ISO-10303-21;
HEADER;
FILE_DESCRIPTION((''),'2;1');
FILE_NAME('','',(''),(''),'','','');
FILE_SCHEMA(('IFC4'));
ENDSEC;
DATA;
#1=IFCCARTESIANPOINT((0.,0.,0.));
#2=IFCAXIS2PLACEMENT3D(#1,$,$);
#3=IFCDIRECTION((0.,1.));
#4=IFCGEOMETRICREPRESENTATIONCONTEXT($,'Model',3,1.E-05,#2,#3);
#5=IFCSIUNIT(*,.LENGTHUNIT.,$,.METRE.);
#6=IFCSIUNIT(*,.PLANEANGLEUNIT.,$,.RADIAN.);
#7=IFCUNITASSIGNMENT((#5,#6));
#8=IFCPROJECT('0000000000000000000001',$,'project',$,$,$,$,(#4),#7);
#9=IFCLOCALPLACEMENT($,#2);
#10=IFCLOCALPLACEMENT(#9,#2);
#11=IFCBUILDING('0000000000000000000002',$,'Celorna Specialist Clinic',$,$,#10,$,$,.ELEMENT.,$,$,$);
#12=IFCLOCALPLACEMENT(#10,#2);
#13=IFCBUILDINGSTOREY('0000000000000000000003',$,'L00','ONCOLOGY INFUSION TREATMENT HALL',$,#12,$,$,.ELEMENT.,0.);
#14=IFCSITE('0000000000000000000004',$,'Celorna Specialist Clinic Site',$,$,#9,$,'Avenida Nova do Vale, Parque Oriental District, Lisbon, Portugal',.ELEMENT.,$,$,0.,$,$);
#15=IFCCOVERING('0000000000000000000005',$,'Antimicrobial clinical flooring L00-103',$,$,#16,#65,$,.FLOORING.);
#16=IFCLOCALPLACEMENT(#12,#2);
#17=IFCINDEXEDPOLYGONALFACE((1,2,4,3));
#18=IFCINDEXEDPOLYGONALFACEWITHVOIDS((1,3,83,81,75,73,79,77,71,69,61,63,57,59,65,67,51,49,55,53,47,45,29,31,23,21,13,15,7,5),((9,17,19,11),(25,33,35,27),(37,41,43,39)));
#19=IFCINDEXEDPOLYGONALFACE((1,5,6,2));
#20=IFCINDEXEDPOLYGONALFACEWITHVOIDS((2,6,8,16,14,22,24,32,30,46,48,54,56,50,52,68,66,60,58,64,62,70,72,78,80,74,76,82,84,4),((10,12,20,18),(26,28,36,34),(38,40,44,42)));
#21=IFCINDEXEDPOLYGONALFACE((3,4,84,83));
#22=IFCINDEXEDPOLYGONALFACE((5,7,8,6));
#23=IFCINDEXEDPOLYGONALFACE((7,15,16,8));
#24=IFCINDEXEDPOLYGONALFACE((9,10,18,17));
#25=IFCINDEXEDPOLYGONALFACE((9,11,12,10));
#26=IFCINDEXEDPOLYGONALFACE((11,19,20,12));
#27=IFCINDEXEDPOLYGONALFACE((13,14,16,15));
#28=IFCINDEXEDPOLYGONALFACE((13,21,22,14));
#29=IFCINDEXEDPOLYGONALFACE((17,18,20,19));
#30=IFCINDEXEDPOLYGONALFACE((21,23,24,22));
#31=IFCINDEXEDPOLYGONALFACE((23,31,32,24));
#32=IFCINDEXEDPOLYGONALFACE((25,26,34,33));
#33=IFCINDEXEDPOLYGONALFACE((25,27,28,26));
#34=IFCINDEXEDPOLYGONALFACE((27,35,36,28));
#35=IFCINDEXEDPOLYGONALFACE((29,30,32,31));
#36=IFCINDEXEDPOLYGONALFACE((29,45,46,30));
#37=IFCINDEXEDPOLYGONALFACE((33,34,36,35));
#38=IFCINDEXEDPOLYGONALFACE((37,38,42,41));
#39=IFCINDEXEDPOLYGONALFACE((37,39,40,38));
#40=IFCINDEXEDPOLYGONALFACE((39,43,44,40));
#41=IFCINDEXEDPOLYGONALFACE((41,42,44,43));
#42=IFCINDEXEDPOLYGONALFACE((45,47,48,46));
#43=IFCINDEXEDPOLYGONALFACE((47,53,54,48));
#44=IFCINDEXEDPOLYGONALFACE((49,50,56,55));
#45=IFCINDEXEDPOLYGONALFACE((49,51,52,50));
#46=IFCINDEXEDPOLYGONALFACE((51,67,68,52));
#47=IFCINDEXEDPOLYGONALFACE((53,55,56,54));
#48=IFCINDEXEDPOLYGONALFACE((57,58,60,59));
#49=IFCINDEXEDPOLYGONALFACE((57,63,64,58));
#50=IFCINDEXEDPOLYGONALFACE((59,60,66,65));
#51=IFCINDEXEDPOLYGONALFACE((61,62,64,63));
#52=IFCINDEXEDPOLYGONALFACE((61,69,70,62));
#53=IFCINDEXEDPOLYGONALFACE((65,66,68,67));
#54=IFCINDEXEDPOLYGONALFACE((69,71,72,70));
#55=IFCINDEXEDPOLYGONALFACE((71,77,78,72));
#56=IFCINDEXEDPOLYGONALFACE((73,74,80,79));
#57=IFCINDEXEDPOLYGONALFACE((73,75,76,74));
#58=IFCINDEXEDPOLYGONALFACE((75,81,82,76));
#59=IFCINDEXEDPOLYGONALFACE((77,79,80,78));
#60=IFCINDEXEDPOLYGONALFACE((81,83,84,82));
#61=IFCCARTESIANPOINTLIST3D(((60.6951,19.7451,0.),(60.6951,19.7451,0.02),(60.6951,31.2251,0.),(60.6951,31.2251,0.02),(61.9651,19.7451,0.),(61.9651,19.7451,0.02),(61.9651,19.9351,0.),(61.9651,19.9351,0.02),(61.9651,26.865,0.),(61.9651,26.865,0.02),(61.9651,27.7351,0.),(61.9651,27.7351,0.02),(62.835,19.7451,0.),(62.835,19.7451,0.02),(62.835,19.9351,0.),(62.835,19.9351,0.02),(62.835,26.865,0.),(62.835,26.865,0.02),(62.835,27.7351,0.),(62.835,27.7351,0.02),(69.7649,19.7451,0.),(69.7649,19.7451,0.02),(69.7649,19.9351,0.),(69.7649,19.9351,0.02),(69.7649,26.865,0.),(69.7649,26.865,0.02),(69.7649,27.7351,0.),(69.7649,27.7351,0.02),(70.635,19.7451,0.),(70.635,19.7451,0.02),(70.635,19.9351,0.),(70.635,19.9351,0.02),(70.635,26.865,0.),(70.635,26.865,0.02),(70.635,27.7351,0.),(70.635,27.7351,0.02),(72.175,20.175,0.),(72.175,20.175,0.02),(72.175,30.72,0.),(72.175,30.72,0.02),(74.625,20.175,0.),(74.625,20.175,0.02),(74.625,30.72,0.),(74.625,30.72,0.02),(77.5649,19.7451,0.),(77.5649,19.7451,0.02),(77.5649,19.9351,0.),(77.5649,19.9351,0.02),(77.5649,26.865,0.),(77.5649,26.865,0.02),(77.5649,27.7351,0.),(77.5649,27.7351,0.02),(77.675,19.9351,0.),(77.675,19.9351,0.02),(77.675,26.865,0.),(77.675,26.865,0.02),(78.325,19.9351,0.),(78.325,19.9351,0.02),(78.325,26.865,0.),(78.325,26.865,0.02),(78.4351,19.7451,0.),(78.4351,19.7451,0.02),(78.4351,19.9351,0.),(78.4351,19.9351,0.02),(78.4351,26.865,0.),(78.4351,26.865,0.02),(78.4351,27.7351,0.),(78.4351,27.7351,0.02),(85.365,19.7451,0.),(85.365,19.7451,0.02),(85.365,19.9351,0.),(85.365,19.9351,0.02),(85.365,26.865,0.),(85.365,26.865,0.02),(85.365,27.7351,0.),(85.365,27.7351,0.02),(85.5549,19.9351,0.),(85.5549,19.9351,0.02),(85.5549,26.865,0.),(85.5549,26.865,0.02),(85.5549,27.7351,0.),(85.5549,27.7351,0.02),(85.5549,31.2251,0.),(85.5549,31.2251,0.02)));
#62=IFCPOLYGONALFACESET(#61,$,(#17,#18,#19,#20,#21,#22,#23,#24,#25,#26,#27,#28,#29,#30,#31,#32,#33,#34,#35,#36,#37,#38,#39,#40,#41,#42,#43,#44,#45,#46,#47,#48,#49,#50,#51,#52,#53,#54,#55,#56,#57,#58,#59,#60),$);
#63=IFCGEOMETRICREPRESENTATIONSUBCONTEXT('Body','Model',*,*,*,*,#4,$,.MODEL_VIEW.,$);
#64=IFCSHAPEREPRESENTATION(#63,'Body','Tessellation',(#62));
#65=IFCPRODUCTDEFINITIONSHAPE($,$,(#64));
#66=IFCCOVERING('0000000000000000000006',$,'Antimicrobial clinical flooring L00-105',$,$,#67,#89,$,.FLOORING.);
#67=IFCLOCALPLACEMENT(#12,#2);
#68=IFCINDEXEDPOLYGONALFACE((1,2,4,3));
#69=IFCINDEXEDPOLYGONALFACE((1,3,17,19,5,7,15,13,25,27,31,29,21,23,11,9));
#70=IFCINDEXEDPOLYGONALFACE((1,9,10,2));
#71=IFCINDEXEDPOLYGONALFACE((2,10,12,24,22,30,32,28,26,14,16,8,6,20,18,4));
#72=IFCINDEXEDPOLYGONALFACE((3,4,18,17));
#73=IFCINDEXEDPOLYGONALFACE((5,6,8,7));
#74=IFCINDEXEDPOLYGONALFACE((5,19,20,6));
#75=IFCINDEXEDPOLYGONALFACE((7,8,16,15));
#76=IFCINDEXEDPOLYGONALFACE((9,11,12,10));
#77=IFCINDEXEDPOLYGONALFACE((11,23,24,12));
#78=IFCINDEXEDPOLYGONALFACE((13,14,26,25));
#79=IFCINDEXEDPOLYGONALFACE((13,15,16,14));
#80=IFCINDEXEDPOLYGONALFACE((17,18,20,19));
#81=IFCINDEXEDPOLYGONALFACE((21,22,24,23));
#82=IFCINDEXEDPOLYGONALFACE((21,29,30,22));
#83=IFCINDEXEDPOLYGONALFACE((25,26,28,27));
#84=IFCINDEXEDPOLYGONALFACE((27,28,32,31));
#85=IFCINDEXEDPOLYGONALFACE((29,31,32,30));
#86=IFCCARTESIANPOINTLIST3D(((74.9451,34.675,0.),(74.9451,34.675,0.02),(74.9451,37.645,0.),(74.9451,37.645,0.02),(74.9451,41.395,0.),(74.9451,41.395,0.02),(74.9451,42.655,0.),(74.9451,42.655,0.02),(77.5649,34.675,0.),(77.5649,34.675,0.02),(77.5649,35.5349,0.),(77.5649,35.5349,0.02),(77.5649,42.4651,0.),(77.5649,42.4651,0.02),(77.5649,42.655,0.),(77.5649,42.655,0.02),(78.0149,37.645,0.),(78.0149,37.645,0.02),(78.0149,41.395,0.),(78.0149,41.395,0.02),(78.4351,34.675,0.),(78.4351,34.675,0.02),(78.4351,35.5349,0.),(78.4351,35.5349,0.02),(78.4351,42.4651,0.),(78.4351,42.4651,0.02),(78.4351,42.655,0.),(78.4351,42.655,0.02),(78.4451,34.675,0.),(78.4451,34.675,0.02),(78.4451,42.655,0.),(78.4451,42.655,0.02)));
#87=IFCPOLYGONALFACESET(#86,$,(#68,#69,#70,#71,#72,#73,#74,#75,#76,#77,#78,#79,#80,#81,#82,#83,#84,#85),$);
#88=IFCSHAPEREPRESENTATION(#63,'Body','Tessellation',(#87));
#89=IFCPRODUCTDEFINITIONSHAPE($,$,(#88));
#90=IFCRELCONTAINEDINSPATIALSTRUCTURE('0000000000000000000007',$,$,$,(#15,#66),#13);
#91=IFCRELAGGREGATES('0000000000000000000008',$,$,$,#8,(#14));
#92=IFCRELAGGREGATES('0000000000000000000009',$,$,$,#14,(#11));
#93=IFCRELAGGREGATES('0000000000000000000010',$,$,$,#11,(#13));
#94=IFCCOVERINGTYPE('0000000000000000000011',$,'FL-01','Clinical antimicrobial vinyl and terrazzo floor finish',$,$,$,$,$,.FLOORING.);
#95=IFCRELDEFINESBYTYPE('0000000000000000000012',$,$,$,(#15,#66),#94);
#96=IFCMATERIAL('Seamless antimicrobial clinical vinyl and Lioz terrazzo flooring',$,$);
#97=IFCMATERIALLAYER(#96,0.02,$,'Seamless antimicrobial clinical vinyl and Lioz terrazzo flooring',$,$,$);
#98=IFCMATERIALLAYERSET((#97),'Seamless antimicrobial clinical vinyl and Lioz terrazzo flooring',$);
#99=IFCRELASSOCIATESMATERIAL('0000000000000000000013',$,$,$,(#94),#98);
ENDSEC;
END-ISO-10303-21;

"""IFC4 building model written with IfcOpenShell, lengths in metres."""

from ifc_helpers import new_model, si_unit, direction, origin, place, context, subcontext, project, spatial, polyline, outline, extrude, material, layer, layer_set, type_object, element, save


model = new_model("IFC4")

# Units and contexts
model_context = context("Model", 3, precision=1e-05, world=origin(), true_north=direction((0.0, 1.0)))
body_context = subcontext(model_context, "Body", "Model", "MODEL_VIEW")
ifc_project = project(units=[si_unit("LENGTHUNIT", "METRE"), si_unit("PLANEANGLEUNIT", "RADIAN")], contexts=[model_context])

# Site, building, storey
site_placement = place(None, origin())
site = spatial("IfcSite", under=ifc_project, at=site_placement, Name="Celorna Specialist Clinic Site", LongName="Avenida Nova do Vale, Parque Oriental District, Lisbon, Portugal", CompositionType="ELEMENT", RefElevation=0.0)
building_placement = place(site_placement, origin())
building = spatial("IfcBuilding", under=site, at=building_placement, Name="Celorna Specialist Clinic", CompositionType="ELEMENT")
storey_placement = place(building_placement, origin())
storey = spatial("IfcBuildingStorey", under=building, at=storey_placement, Name="L00", Description="ONCOLOGY INFUSION TREATMENT HALL", CompositionType="ELEMENT", Elevation=0.0)

# Coverings
ifc_material_1 = material(Name="Seamless antimicrobial clinical vinyl and Lioz terrazzo flooring")
ifc_layer_1 = layer(ifc_material_1, 0.02, Name="Seamless antimicrobial clinical vinyl and Lioz terrazzo flooring")
ifc_layer_set_1 = layer_set([ifc_layer_1], Name="Seamless antimicrobial clinical vinyl and Lioz terrazzo flooring")
covering_type_1 = type_object("IfcCoveringType", Name="FL-01", Description="Clinical antimicrobial vinyl and terrazzo floor finish", PredefinedType="FLOORING", material=ifc_layer_set_1)
covering_1_placement = place(storey_placement, origin())
element("IfcCovering", 1, at=covering_1_placement, inside=storey, type_object=covering_type_1, Name="Antimicrobial clinical flooring L00-103", PredefinedType="FLOORING", context=body_context, shape_type="SweptSolid", body=[
    extrude(outline(polyline([(60.6951, 31.2251), (85.5549, 31.2251), (85.5549, 27.7351), (85.365, 27.7351), (85.365, 26.865), (85.5549, 26.865), (85.5549, 19.9351), (85.365, 19.9351), (85.365, 19.7451), (78.4351, 19.7451), (78.4351, 19.9351), (78.325, 19.9351), (78.325, 26.865), (78.4351, 26.865), (78.4351, 27.7351), (77.5649, 27.7351), (77.5649, 26.865), (77.675, 26.865), (77.675, 19.9351), (77.5649, 19.9351), (77.5649, 19.7451), (70.635, 19.7451), (70.635, 19.9351), (69.7649, 19.9351), (69.7649, 19.7451), (62.835, 19.7451), (62.835, 19.9351), (61.9651, 19.9351), (61.9651, 19.7451), (60.6951, 19.7451), (60.6951, 31.2251)]), holes=[polyline([(74.625, 20.175), (74.625, 30.72), (72.175, 30.72), (72.175, 20.175), (74.625, 20.175)]), polyline([(70.635, 26.865), (70.635, 27.7351), (69.7649, 27.7351), (69.7649, 26.865), (70.635, 26.865)]), polyline([(62.835, 26.865), (62.835, 27.7351), (61.9651, 27.7351), (61.9651, 26.865), (62.835, 26.865)])]), origin(), (0.0, 0.0, 1.0), 0.02),
])
covering_2_placement = place(storey_placement, origin())
element("IfcCovering", 2, at=covering_2_placement, inside=storey, type_object=covering_type_1, Name="Antimicrobial clinical flooring L00-105", PredefinedType="FLOORING", context=body_context, shape_type="SweptSolid", body=[
    extrude(outline(polyline([(77.5649, 34.675), (74.9451, 34.675), (74.9451, 37.645), (78.0149, 37.645), (78.0149, 41.395), (74.9451, 41.395), (74.9451, 42.655), (77.5649, 42.655), (77.5649, 42.4651), (78.4351, 42.4651), (78.4351, 42.655), (78.4451, 42.655), (78.4451, 34.675), (78.4351, 34.675), (78.4351, 35.5349), (77.5649, 35.5349), (77.5649, 34.675)])), origin(), (0.0, 0.0, 1.0), 0.02),
])

save(model, "model.ifc")
